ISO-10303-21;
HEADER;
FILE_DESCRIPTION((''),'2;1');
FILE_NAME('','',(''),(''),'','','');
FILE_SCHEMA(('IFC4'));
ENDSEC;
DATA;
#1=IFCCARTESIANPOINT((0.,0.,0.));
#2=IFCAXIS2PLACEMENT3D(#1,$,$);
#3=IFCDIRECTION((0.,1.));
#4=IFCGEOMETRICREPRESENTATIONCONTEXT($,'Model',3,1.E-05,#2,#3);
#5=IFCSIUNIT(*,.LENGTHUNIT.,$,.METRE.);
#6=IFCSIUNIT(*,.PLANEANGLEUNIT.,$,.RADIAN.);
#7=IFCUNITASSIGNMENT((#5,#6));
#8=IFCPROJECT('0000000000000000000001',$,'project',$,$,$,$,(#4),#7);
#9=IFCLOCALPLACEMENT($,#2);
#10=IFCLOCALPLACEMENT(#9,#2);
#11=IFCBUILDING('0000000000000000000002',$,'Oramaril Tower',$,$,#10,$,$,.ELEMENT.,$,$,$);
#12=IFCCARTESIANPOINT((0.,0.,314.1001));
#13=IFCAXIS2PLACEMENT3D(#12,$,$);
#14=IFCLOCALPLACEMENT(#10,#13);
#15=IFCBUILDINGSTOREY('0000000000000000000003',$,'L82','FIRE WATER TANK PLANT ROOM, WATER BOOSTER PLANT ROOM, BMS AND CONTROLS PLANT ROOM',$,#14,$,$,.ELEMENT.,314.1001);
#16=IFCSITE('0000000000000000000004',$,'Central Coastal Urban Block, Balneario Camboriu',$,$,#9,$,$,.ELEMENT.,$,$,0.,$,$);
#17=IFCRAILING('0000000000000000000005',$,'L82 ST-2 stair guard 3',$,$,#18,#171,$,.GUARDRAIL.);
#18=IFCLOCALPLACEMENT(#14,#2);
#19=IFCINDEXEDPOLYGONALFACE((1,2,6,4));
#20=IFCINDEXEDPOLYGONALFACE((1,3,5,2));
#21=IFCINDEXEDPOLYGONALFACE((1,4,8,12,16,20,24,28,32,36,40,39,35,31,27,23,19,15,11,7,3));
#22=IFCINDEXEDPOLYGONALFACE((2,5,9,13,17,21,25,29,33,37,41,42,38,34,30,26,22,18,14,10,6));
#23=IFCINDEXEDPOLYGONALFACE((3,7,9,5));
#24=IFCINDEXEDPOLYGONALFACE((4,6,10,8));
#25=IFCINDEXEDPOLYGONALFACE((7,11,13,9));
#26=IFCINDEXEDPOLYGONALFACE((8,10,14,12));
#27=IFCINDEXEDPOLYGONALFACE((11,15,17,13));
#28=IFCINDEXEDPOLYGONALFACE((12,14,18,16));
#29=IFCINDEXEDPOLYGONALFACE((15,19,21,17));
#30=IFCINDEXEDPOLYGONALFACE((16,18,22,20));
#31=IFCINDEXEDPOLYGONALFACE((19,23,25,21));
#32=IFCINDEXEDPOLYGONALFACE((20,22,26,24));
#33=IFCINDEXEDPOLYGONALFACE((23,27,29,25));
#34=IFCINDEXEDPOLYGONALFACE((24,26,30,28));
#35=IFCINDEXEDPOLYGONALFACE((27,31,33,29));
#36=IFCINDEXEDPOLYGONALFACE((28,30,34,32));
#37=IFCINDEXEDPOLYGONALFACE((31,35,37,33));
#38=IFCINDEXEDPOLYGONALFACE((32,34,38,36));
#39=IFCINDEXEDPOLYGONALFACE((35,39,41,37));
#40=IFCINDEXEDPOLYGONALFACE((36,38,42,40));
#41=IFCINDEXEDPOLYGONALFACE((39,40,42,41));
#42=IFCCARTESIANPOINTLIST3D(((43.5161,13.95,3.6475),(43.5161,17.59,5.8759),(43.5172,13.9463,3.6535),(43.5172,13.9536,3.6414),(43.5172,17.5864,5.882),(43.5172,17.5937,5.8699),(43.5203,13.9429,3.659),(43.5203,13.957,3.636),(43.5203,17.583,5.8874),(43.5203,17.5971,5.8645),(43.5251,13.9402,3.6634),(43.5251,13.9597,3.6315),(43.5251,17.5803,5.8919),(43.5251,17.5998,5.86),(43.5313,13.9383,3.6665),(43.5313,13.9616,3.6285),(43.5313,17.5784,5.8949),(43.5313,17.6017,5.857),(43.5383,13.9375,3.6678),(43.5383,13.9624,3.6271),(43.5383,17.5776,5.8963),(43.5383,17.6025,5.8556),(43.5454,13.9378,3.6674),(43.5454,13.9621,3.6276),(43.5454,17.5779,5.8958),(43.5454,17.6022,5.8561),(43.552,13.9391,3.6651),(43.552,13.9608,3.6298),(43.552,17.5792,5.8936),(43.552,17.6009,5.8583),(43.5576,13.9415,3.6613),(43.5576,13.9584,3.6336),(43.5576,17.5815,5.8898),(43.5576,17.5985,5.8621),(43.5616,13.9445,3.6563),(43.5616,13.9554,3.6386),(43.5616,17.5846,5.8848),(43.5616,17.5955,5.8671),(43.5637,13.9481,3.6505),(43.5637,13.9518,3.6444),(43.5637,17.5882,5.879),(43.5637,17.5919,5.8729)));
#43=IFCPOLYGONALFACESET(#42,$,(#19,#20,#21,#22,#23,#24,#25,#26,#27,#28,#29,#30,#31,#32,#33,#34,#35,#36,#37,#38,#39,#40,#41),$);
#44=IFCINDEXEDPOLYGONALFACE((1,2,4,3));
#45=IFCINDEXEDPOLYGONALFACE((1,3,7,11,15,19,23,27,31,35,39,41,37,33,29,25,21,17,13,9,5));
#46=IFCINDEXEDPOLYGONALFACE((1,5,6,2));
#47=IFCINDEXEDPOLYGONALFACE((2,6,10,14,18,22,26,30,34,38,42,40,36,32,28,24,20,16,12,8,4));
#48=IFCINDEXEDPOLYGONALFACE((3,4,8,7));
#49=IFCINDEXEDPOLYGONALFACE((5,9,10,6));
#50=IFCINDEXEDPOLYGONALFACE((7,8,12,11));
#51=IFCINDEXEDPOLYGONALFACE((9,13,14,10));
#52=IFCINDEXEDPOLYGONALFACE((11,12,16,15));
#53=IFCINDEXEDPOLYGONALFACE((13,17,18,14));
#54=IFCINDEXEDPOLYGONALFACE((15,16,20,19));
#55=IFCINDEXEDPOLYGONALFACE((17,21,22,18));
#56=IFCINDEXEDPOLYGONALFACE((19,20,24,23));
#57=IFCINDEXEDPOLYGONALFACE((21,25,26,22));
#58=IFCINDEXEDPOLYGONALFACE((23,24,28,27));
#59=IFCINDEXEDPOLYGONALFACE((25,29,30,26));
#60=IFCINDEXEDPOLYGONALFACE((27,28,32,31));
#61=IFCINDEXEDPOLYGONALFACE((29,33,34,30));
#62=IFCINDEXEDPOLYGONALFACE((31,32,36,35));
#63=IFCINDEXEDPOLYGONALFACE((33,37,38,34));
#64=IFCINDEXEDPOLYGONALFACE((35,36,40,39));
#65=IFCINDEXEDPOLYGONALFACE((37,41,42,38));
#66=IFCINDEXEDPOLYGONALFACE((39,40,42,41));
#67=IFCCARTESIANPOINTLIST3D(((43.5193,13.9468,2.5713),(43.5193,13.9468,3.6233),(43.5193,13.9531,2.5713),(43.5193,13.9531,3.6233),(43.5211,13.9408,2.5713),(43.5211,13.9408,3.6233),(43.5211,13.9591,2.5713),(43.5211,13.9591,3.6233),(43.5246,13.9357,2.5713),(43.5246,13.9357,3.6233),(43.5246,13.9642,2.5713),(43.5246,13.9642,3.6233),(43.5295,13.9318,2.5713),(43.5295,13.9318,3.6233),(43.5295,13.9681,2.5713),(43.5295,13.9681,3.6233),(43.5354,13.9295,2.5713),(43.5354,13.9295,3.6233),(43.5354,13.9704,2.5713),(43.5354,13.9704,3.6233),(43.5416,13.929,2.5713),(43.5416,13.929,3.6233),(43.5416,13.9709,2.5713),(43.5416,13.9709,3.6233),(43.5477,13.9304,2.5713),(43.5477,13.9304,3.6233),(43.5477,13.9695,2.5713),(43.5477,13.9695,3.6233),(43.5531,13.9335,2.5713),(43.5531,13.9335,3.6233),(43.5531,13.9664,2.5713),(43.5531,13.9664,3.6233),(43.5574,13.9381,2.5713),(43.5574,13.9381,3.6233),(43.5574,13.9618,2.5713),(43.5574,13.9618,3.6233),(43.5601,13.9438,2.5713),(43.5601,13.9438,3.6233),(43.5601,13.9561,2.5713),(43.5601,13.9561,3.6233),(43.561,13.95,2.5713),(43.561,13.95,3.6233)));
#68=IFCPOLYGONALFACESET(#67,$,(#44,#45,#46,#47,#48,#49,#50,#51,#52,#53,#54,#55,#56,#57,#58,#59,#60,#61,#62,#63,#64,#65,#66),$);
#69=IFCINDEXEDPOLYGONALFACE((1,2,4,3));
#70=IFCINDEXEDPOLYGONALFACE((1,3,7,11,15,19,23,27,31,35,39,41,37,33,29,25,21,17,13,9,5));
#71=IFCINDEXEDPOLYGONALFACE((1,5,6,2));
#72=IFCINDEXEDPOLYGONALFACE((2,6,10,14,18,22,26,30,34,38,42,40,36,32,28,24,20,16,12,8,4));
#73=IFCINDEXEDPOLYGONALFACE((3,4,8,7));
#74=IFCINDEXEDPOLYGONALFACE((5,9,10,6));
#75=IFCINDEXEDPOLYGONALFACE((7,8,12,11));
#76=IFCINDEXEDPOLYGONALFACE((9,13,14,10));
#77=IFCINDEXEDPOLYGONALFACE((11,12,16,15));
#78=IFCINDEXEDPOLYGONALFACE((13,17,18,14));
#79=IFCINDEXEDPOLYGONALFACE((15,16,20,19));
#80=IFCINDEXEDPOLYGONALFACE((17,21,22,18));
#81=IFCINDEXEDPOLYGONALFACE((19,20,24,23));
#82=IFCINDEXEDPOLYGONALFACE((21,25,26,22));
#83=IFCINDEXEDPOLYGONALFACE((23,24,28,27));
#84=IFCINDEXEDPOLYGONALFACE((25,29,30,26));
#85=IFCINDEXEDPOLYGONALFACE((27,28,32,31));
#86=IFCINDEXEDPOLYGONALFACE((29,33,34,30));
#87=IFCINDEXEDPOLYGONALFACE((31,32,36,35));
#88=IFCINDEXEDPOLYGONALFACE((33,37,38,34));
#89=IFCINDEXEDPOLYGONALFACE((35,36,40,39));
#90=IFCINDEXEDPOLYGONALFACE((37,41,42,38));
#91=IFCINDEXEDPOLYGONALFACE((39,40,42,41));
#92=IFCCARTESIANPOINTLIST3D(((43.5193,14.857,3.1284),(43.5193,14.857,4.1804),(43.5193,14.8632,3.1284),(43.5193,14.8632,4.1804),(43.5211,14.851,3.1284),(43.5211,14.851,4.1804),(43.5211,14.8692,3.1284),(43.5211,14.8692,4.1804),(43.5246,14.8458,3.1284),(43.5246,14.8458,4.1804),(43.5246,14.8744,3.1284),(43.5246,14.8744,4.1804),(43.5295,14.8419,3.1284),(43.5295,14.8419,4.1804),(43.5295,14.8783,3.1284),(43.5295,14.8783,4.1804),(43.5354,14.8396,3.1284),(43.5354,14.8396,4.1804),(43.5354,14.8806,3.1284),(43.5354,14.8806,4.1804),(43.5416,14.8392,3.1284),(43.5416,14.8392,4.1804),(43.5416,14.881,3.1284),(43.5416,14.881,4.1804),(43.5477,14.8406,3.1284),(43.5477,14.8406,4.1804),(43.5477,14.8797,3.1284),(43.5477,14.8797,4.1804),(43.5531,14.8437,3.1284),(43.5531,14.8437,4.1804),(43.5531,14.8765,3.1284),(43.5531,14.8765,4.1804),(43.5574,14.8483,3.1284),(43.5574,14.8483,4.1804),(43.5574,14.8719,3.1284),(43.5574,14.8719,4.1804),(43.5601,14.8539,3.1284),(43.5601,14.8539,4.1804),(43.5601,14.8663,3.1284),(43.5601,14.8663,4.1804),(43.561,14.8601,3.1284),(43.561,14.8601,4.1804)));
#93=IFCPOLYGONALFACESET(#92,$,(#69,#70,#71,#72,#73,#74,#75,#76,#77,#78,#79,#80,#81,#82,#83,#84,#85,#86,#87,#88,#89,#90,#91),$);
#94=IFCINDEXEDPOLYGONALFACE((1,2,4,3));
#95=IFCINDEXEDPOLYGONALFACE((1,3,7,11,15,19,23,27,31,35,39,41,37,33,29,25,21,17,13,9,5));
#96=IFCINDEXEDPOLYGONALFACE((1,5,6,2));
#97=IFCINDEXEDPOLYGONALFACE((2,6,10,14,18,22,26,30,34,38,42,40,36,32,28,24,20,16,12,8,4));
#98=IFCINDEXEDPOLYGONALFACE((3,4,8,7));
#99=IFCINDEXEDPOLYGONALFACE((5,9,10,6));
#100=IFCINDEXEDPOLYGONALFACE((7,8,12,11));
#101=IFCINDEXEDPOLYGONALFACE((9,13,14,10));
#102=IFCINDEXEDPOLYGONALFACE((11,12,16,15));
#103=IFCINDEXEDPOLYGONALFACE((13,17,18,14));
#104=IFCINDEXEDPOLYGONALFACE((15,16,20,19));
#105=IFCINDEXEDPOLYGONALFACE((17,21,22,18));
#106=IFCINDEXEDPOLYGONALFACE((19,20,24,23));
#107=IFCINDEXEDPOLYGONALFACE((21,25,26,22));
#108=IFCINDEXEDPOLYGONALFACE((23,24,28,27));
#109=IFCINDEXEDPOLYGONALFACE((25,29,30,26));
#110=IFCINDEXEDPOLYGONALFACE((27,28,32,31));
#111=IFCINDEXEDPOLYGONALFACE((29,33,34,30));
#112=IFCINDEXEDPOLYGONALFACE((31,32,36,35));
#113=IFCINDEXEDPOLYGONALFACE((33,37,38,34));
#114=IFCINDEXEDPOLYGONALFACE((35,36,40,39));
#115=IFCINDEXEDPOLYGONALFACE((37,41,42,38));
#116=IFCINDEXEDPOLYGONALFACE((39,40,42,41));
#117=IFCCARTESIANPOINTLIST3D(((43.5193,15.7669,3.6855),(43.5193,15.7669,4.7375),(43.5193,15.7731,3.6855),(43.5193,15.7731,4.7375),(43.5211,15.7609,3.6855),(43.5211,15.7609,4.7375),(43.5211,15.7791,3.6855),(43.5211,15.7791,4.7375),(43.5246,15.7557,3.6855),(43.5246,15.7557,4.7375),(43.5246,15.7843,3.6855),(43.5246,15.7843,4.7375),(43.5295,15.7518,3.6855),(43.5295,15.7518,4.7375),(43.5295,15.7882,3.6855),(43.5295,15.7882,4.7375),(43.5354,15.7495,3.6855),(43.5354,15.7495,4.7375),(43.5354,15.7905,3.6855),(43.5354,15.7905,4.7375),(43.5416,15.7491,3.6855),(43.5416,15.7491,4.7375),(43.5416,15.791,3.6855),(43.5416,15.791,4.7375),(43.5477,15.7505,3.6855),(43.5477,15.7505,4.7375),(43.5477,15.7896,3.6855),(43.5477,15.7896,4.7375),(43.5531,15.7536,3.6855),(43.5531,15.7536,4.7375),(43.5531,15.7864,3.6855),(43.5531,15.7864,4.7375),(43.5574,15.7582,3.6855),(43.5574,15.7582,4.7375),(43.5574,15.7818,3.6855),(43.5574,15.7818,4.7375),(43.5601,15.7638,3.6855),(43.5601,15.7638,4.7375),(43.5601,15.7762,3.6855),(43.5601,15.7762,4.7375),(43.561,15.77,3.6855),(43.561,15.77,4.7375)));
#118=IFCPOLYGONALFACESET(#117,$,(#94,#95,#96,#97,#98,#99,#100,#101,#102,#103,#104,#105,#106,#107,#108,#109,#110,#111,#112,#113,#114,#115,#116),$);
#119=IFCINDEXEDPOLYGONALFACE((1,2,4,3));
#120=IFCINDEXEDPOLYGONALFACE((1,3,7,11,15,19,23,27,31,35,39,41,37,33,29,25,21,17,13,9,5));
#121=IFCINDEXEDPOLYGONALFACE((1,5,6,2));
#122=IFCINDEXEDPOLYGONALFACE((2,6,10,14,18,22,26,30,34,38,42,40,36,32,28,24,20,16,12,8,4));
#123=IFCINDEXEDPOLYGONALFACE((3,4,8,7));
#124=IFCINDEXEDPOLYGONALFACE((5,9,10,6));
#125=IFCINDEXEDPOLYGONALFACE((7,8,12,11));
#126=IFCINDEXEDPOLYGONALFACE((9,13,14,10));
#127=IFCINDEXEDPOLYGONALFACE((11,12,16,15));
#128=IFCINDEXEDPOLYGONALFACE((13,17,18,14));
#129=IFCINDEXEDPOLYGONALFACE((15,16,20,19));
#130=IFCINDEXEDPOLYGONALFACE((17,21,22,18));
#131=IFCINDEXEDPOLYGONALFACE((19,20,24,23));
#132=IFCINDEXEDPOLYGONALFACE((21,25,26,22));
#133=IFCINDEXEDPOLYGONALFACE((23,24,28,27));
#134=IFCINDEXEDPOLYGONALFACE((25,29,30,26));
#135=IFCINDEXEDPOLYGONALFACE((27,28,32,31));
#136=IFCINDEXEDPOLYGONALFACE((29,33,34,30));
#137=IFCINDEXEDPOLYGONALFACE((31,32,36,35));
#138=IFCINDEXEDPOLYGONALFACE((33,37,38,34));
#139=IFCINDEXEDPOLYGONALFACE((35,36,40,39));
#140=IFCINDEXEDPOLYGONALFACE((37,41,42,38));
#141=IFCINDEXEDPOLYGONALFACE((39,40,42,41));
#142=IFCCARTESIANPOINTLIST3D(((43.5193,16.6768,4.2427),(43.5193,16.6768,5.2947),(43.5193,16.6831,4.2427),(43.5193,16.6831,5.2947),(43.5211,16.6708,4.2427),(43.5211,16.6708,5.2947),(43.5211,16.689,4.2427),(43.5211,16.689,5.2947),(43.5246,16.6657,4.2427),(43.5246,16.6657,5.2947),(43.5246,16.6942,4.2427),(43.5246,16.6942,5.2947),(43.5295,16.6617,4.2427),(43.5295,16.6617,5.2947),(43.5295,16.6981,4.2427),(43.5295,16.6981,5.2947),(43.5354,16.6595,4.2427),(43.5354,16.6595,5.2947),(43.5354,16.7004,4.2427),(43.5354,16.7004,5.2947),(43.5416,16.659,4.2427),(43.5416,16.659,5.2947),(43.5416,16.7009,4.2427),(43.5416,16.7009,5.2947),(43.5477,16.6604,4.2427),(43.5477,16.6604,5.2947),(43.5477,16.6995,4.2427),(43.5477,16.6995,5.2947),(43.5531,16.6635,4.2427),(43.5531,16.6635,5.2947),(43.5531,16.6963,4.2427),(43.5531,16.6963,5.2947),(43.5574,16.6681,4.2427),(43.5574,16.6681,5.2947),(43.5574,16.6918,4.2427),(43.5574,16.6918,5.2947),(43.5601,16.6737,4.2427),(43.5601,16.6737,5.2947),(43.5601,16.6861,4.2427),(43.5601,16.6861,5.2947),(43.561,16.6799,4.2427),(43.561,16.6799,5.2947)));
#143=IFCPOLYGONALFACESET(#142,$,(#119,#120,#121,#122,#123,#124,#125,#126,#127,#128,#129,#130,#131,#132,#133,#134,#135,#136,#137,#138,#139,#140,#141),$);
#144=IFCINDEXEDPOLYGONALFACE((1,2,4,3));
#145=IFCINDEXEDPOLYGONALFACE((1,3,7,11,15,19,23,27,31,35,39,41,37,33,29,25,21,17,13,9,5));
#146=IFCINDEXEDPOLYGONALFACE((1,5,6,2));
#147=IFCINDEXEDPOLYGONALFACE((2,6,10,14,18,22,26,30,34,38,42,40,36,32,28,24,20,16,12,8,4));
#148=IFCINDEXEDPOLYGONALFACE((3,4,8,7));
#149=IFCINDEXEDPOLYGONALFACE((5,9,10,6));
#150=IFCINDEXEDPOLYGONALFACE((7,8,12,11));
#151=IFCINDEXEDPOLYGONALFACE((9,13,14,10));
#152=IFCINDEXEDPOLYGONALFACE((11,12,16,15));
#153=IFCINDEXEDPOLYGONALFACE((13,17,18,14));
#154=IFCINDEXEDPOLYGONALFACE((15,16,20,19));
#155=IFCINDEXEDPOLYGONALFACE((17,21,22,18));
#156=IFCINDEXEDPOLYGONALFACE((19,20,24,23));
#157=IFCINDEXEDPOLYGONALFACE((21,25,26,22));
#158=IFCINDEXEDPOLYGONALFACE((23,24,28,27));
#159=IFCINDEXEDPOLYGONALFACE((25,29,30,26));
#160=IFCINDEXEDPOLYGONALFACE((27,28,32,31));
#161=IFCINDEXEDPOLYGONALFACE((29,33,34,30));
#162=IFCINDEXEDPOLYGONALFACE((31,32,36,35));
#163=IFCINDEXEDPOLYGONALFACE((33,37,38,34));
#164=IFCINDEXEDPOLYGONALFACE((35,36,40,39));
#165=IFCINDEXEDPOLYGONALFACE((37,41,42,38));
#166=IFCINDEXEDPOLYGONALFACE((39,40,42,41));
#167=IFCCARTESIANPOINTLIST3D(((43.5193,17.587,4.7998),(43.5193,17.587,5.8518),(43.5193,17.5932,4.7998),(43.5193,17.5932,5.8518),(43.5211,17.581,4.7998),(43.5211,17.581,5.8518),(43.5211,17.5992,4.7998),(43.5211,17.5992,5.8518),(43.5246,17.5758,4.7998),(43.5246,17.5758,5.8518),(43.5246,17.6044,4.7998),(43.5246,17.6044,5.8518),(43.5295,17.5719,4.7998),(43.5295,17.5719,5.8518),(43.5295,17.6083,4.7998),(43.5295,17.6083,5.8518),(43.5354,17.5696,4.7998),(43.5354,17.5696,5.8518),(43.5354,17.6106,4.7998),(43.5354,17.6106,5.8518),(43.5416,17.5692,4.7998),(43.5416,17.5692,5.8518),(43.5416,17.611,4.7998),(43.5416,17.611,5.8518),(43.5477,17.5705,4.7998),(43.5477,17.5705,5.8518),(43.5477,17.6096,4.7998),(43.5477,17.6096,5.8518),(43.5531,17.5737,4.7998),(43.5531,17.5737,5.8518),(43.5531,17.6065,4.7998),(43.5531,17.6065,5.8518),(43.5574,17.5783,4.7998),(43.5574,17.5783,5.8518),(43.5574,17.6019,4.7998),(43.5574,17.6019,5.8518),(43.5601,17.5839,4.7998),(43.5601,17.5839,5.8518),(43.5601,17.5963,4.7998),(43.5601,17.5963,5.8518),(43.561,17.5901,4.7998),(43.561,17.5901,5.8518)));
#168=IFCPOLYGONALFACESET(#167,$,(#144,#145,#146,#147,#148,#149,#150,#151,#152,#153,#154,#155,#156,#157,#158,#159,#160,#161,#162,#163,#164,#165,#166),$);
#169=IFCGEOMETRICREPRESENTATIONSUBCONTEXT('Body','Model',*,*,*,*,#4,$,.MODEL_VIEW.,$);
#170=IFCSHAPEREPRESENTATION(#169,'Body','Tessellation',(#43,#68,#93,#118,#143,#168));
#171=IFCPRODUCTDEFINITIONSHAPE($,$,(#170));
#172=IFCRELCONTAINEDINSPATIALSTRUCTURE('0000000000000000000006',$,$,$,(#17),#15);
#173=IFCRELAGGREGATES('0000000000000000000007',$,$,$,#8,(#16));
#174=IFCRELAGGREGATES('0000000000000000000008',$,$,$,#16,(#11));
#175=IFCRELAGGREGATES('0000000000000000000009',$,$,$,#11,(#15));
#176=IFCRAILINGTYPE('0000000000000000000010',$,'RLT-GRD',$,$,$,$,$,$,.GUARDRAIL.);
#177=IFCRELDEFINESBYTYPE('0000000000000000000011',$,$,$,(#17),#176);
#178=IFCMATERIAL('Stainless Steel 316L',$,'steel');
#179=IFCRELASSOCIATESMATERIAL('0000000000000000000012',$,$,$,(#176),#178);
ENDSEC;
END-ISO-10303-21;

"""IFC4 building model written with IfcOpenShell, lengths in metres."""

from ifc_helpers import new_model, si_unit, direction, frame, origin, origin_2d, place, context, subcontext, project, spatial, circle, extrude, material, type_object, element, save


model = new_model("IFC4")

# Units and contexts
model_context = context("Model", 3, precision=1e-05, world=origin(), true_north=direction((0.0, 1.0)))
body_context = subcontext(model_context, "Body", "Model", "MODEL_VIEW")
ifc_project = project(units=[si_unit("LENGTHUNIT", "METRE"), si_unit("PLANEANGLEUNIT", "RADIAN")], contexts=[model_context])

# Site, building, storey
site_placement = place(None, origin())
site = spatial("IfcSite", under=ifc_project, at=site_placement, Name="Central Coastal Urban Block, Balneario Camboriu", CompositionType="ELEMENT", RefElevation=0.0)
building_placement = place(site_placement, origin())
building = spatial("IfcBuilding", under=site, at=building_placement, Name="Oramaril Tower", CompositionType="ELEMENT")
storey_placement = place(building_placement, frame((0.0, 0.0, 314.1001)))
storey = spatial("IfcBuildingStorey", under=building, at=storey_placement, Name="L82", Description="FIRE WATER TANK PLANT ROOM, WATER BOOSTER PLANT ROOM, BMS AND CONTROLS PLANT ROOM", CompositionType="ELEMENT", Elevation=314.1001)

# Railing
ifc_material_1 = material(Name="Stainless Steel 316L", Category="steel")
railing_type_1 = type_object("IfcRailingType", Name="RLT-GRD", PredefinedType="GUARDRAIL", material=ifc_material_1)
railing_1_placement = place(storey_placement, frame((43.54, 13.95, 2.5713)))
element("IfcRailing", 1, at=railing_1_placement, inside=storey, type_object=railing_type_1, Name="L82 ST-2 stair guard 3", PredefinedType="GUARDRAIL", context=body_context, shape_type="SweptSolid", body=[
    extrude(circle(Radius=0.0239, at=origin_2d()), frame((0.0, 0.0, 1.0762), z_axis=(0.0, 0.852866, 0.52213), x_axis=(-1.0, 0.0, 0.0)), (0.0, 0.0, 1.0), 4.2681),
    extrude(circle(Radius=0.021, at=origin_2d()), origin(), (0.0, 0.0, 1.0), 1.052),
    extrude(circle(Radius=0.021, at=origin_2d()), frame((0.0, 0.9102, 0.5571)), (0.0, 0.0, 1.0), 1.052),
    extrude(circle(Radius=0.021, at=origin_2d()), frame((0.0, 1.8201, 1.1143)), (0.0, 0.0, 1.0), 1.052),
    extrude(circle(Radius=0.021, at=origin_2d()), frame((0.0, 2.73, 1.6714)), (0.0, 0.0, 1.0), 1.052),
    extrude(circle(Radius=0.021, at=origin_2d()), frame((0.0, 3.6401, 2.2285)), (0.0, 0.0, 1.0), 1.052),
])

save(model, "model.ifc")
